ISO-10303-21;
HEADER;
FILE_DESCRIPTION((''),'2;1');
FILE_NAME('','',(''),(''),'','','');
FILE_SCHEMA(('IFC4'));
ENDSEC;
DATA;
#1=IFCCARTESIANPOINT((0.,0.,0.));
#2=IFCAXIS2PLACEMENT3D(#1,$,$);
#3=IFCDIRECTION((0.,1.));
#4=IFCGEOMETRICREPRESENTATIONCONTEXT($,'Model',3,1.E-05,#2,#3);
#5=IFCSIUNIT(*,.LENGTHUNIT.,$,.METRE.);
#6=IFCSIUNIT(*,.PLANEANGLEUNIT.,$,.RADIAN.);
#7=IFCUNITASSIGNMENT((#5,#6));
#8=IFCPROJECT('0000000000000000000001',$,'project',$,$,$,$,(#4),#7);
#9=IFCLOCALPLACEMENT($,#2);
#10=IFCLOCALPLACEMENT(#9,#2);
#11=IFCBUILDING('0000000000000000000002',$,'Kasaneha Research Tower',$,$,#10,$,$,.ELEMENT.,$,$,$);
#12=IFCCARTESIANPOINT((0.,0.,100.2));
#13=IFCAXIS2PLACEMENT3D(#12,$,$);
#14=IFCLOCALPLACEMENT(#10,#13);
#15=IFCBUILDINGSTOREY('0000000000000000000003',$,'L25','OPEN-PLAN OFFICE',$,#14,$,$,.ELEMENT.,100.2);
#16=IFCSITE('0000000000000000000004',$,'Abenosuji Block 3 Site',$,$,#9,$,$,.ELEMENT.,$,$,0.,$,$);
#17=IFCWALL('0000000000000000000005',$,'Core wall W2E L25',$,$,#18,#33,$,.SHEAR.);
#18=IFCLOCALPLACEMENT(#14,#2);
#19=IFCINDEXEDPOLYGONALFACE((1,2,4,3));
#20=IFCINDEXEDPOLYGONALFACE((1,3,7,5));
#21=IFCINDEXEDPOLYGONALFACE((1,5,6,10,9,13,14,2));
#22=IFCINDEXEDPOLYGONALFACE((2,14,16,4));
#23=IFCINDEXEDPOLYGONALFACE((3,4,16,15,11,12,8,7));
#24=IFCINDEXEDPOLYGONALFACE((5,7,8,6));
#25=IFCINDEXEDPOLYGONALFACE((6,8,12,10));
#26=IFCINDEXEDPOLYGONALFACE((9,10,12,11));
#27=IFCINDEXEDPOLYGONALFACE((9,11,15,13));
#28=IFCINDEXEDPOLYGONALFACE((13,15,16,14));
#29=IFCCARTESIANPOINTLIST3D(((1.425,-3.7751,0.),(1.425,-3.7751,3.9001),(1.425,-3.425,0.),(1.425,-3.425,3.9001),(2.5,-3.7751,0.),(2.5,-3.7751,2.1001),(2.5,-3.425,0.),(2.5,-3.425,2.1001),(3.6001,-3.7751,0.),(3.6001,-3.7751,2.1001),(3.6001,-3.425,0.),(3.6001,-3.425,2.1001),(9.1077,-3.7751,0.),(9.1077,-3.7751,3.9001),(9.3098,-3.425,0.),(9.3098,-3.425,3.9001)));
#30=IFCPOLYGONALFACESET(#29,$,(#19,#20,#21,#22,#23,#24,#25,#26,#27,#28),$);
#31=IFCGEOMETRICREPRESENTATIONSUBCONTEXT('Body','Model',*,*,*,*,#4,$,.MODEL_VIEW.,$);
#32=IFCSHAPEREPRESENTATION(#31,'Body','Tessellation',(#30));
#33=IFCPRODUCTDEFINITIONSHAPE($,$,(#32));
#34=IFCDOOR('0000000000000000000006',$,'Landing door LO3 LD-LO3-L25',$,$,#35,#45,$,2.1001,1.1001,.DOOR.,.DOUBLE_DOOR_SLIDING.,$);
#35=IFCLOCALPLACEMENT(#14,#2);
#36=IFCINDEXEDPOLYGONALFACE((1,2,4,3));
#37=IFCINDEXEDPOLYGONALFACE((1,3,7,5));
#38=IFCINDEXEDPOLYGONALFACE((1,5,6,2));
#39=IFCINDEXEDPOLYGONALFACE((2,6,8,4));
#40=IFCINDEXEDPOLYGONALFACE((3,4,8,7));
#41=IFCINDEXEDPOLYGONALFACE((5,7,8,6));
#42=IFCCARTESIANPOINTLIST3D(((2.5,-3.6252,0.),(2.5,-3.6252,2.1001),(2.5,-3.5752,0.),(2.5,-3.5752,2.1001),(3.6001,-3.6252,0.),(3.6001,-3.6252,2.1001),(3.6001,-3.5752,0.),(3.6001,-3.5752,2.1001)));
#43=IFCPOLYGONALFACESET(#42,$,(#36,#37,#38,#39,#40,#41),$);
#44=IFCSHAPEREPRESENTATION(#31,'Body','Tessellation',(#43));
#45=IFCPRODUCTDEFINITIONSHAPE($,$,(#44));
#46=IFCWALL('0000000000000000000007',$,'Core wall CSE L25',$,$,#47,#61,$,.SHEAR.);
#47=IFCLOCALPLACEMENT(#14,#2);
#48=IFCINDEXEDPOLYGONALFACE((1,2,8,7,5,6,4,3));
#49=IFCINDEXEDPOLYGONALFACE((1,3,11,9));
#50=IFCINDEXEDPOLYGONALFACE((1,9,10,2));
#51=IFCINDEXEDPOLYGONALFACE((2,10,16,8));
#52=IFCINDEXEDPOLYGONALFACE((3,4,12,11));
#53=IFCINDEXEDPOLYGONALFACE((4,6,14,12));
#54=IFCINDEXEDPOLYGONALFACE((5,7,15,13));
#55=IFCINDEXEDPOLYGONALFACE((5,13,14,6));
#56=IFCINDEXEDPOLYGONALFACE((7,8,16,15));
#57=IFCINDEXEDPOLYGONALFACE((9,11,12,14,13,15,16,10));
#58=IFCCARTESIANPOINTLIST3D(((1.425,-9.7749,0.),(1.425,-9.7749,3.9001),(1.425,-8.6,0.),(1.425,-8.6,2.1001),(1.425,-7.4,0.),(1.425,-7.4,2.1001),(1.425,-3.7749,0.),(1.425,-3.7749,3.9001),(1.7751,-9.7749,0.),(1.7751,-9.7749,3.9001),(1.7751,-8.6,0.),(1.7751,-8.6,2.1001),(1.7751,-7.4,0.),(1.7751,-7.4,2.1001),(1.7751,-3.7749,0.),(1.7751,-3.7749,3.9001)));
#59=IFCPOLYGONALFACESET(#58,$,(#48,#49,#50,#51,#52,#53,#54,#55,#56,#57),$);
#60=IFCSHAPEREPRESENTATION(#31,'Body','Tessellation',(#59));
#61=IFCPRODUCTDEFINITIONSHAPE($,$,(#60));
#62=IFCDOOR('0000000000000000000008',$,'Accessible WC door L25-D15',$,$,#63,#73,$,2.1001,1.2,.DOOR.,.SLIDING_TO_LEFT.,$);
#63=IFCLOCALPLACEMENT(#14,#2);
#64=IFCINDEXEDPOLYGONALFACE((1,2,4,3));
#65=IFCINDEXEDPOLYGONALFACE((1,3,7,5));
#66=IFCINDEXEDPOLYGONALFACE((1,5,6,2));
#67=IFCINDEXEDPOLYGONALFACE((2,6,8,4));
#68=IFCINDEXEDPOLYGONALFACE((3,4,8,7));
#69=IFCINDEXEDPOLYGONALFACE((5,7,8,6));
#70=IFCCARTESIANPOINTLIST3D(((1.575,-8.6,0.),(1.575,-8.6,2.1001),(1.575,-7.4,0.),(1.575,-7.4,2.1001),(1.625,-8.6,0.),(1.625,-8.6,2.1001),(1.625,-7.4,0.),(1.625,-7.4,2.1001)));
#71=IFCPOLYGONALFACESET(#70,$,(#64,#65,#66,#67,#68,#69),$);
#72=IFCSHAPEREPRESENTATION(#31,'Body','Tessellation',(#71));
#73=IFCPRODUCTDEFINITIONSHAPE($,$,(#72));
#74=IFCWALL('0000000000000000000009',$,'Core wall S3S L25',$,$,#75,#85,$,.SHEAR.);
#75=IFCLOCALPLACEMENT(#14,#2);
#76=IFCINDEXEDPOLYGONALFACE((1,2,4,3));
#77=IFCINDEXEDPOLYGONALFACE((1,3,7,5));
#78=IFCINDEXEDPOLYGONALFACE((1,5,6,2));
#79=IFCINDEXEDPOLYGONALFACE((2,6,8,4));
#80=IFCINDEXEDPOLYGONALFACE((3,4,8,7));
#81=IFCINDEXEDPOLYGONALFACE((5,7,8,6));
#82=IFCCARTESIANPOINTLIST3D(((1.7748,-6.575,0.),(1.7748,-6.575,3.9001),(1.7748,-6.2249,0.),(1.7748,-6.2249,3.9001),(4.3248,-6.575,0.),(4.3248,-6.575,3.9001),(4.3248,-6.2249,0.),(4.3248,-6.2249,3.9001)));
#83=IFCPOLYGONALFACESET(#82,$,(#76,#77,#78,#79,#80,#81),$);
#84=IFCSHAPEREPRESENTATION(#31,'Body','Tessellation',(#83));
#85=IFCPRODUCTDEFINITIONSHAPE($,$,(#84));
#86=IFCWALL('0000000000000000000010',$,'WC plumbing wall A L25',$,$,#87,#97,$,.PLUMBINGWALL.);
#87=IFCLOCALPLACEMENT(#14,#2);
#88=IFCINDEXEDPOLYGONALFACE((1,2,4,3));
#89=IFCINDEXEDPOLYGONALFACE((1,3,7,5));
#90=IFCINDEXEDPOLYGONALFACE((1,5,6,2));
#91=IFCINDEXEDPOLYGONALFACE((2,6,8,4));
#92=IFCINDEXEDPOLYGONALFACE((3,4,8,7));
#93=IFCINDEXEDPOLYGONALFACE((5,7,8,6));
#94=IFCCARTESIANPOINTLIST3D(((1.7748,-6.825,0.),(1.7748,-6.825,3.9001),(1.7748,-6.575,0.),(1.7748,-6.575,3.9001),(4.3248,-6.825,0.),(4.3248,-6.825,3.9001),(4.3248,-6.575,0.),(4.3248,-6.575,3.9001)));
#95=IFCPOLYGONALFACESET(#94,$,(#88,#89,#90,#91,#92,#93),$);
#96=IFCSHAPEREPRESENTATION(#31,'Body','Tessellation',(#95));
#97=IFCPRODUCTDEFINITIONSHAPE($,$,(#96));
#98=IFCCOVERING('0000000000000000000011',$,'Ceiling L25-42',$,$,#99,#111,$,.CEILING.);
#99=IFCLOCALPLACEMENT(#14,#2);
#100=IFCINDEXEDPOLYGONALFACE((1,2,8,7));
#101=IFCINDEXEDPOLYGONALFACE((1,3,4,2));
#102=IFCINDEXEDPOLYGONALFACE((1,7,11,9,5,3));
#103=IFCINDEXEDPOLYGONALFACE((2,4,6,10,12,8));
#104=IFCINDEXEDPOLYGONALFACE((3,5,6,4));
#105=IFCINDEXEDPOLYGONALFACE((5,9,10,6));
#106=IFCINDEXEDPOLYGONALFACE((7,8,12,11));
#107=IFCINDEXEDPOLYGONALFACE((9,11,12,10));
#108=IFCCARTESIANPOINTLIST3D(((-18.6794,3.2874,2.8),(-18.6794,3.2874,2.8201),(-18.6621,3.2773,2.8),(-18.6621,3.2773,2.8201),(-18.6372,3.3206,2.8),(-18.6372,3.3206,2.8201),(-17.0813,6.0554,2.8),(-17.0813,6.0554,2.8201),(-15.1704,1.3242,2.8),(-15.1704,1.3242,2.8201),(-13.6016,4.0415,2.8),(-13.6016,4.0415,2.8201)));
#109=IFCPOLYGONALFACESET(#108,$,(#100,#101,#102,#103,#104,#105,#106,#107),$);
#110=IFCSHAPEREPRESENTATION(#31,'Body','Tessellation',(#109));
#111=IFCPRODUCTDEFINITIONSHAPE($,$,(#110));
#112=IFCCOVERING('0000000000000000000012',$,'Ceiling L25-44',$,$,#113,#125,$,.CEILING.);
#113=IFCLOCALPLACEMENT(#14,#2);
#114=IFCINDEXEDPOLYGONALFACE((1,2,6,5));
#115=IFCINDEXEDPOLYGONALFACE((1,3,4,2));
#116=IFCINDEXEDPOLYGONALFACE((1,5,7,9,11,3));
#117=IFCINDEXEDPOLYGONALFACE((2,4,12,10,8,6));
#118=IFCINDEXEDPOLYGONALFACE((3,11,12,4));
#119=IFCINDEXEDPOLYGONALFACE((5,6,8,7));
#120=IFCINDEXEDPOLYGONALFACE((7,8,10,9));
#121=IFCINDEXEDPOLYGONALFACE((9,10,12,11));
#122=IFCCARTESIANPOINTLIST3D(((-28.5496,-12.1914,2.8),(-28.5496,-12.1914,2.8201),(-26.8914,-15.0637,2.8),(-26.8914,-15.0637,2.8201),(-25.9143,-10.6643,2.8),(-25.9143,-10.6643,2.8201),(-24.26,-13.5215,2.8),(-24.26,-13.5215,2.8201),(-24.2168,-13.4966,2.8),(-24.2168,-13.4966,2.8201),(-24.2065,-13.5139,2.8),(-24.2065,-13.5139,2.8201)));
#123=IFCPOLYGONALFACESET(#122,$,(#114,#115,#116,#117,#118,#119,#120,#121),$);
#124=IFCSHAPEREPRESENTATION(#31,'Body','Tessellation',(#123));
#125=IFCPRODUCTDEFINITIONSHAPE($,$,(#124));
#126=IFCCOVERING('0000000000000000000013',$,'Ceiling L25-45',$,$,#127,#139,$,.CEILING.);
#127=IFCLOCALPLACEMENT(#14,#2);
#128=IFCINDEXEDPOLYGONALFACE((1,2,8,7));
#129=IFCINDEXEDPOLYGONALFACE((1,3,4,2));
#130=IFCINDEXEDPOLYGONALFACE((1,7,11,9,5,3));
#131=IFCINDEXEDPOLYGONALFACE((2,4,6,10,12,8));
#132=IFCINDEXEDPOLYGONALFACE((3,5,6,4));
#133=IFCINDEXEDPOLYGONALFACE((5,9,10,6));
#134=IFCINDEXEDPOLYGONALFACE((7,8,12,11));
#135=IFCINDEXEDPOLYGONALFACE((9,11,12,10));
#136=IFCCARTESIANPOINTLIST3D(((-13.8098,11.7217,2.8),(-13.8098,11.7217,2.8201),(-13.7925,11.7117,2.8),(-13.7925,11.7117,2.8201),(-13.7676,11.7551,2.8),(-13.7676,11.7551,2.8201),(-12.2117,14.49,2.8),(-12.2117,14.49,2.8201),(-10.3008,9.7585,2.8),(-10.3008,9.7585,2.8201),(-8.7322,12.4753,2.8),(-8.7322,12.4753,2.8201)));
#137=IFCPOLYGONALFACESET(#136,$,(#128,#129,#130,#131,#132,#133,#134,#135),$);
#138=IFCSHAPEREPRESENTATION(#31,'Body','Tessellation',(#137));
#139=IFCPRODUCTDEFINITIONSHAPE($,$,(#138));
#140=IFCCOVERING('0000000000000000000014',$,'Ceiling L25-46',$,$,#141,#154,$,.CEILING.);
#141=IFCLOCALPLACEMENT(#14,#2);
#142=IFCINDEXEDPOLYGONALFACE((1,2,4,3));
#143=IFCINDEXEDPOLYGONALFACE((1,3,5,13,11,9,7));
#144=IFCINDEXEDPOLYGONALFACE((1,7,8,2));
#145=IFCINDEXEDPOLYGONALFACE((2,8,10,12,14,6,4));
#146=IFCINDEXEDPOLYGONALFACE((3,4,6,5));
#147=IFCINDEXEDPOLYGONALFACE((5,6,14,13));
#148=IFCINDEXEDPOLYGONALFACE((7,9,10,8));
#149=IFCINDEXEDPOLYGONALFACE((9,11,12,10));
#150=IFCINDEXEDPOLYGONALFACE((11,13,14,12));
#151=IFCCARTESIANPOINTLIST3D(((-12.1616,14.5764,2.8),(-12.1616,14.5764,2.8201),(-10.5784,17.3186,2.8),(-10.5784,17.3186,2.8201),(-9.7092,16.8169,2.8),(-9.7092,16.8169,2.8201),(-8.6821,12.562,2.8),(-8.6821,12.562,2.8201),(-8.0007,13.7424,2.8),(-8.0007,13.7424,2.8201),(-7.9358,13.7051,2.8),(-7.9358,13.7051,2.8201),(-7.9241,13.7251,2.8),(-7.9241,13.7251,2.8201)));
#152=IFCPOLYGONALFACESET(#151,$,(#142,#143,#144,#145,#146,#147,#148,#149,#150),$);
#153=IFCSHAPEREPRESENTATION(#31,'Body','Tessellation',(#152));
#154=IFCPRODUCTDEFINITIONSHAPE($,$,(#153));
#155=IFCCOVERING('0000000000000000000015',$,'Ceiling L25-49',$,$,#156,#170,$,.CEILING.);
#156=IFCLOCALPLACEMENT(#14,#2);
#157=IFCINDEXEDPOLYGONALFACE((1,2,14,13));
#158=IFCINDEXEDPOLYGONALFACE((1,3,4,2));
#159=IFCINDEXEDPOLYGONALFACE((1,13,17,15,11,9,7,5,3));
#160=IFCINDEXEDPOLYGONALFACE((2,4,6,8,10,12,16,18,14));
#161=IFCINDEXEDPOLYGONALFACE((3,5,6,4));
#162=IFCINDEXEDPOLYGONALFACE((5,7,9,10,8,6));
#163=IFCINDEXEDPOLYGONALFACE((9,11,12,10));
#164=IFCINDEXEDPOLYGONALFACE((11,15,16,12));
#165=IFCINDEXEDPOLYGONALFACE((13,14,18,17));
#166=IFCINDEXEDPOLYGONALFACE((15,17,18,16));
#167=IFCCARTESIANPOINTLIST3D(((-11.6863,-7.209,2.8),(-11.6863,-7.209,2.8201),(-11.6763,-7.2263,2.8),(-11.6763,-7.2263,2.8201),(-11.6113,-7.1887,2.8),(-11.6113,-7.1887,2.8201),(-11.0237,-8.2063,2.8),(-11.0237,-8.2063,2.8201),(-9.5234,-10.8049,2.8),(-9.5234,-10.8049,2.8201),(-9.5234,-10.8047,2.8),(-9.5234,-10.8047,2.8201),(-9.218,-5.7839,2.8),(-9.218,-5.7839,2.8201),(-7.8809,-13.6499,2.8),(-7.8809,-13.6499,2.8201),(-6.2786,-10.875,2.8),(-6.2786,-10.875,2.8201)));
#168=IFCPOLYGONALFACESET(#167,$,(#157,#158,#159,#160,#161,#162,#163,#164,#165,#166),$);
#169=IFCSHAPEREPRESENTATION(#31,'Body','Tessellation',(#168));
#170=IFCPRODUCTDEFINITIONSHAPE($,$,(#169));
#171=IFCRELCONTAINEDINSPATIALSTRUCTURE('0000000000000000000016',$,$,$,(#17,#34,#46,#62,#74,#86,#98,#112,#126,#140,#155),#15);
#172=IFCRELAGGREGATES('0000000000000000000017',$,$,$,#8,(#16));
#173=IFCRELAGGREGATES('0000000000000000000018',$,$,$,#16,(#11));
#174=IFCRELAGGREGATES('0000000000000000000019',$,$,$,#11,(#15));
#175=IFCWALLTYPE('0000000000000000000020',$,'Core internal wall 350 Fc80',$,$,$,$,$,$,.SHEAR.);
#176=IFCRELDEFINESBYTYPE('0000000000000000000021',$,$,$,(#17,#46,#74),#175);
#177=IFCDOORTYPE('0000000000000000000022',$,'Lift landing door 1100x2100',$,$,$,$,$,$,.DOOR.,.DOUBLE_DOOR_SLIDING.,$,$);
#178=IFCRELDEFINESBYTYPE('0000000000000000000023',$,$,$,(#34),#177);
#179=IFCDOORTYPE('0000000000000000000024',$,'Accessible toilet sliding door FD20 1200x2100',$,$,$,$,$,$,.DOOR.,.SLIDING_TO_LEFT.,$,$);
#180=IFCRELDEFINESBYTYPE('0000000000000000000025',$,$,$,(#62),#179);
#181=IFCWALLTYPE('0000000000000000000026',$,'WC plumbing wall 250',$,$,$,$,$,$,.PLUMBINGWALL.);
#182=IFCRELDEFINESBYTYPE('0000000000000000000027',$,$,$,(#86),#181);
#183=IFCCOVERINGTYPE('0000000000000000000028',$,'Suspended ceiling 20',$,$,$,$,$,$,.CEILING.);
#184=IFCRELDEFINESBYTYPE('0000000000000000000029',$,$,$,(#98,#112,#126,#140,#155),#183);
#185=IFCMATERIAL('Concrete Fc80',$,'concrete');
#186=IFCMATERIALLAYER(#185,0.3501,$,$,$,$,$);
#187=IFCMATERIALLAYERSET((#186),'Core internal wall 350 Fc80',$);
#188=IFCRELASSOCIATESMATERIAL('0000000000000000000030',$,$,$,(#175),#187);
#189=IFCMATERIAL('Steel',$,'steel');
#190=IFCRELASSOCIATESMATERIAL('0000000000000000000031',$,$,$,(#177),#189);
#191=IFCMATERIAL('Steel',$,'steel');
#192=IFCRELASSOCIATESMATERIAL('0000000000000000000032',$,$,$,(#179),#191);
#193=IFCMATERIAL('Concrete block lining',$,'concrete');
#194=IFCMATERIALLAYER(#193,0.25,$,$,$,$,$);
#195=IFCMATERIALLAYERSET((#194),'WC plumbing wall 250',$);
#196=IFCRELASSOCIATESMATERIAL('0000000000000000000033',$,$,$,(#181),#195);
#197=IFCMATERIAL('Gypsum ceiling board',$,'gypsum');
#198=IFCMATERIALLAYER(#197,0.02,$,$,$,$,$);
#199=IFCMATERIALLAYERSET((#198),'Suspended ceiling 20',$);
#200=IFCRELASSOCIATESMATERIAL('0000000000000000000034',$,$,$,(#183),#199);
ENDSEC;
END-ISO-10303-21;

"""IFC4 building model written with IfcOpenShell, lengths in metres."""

from ifc_helpers import new_model, si_unit, direction, frame, frame_2d, origin, place, context, subcontext, project, spatial, polyline, rectangle, outline, extrude, material, layer, layer_set, type_object, element, fill, save


model = new_model("IFC4")

# Units and contexts
model_context = context("Model", 3, precision=1e-05, world=origin(), true_north=direction((0.0, 1.0)))
body_context = subcontext(model_context, "Body", "Model", "MODEL_VIEW")
ifc_project = project(units=[si_unit("LENGTHUNIT", "METRE"), si_unit("PLANEANGLEUNIT", "RADIAN")], contexts=[model_context])

# Site, building, storey
site_placement = place(None, origin())
site = spatial("IfcSite", under=ifc_project, at=site_placement, Name="Abenosuji Block 3 Site", CompositionType="ELEMENT", RefElevation=0.0)
building_placement = place(site_placement, origin())
building = spatial("IfcBuilding", under=site, at=building_placement, Name="Kasaneha Research Tower", CompositionType="ELEMENT")
storey_placement = place(building_placement, frame((0.0, 0.0, 100.2)))
storey = spatial("IfcBuildingStorey", under=building, at=storey_placement, Name="L25", Description="OPEN-PLAN OFFICE", CompositionType="ELEMENT", Elevation=100.2)

# Walls, openings, doors
ifc_material_1 = material(Name="Concrete Fc80", Category="concrete")
ifc_layer_1 = layer(ifc_material_1, 0.3501)
ifc_layer_set_1 = layer_set([ifc_layer_1], Name="Core internal wall 350 Fc80")
wall_type_1 = type_object("IfcWallType", Name="Core internal wall 350 Fc80", PredefinedType="SHEAR", material=ifc_layer_set_1)
wall_1_placement = place(storey_placement, frame((1.425, -3.6001, 0.0), z_axis=(0.0, 0.0, 1.0), x_axis=(1.0, 0.0, 0.0)))
wall_1 = element("IfcWall", 1, at=wall_1_placement, inside=storey, type_object=wall_type_1, Name="Core wall W2E L25", PredefinedType="SHEAR", context=body_context, shape_type="SweptSolid", body=[
    extrude(outline(polyline([(0.0, -0.175), (1.075, -0.175), (2.175, -0.175), (7.6826, -0.175), (7.8848, 0.175), (2.175, 0.175), (1.075, 0.175), (0.0, 0.175), (0.0, -0.175)])), origin(), (0.0, 0.0, 1.0), 3.9001),
])
opening_1_placement = place(wall_1_placement, frame((1.075, 0.0, 0.0)))
opening_1 = element("IfcOpeningElement", 2, at=opening_1_placement, cuts=wall_1, PredefinedType="OPENING", context=body_context, shape_type="SweptSolid", body=[
    extrude(rectangle(XDim=1.1001, YDim=2.1001, at=frame_2d((0.55, 1.05))), frame((0.0, 0.1851, 0.0), z_axis=(0.0, -1.0, 0.0), x_axis=(1.0, 0.0, 0.0)), (0.0, 0.0, 1.0), 0.3701),
])
ifc_material_2 = material(Name="Steel", Category="steel")
door_type_1 = type_object("IfcDoorType", Name="Lift landing door 1100x2100", OperationType="DOUBLE_DOOR_SLIDING", PredefinedType="DOOR", material=ifc_material_2)
door_1_placement = place(opening_1_placement, origin())
door_1 = element("IfcDoor", 3, at=door_1_placement, inside=storey, type_object=door_type_1, Name="Landing door LO3 LD-LO3-L25", OperationType="DOUBLE_DOOR_SLIDING", OverallHeight=2.1001, OverallWidth=1.1001, PredefinedType="DOOR", context=body_context, shape_type="SweptSolid", body=[
    extrude(rectangle(XDim=1.1001, YDim=2.1001, at=frame_2d((0.55, 1.05))), frame((0.0, 0.0249, 0.0), z_axis=(0.0, -1.0, 0.0), x_axis=(1.0, 0.0, 0.0)), (0.0, 0.0, 1.0), 0.05),
])
fill(opening_1, door_1)
wall_2_placement = place(storey_placement, frame((1.6001, -3.7749, 0.0), z_axis=(0.0, 0.0, 1.0), x_axis=(0.0, -1.0, 0.0)))
wall_2 = element("IfcWall", 4, at=wall_2_placement, inside=storey, type_object=wall_type_1, Name="Core wall CSE L25", PredefinedType="SHEAR", context=body_context, shape_type="SweptSolid", body=[
    extrude(rectangle(XDim=6.0, YDim=0.3501, at=frame_2d((3.0, 0.0))), origin(), (0.0, 0.0, 1.0), 3.9001),
])
opening_2_placement = place(wall_2_placement, frame((3.625, 0.0, 0.0)))
opening_2 = element("IfcOpeningElement", 5, at=opening_2_placement, cuts=wall_2, PredefinedType="OPENING", context=body_context, shape_type="SweptSolid", body=[
    extrude(rectangle(XDim=1.2, YDim=2.1001, at=frame_2d((0.6001, 1.05))), frame((0.0, 0.1851, 0.0), z_axis=(0.0, -1.0, 0.0), x_axis=(1.0, 0.0, 0.0)), (0.0, 0.0, 1.0), 0.3701),
])
ifc_material_3 = material(Name="Steel", Category="steel")
door_type_2 = type_object("IfcDoorType", Name="Accessible toilet sliding door FD20 1200x2100", OperationType="SLIDING_TO_LEFT", PredefinedType="DOOR", material=ifc_material_3)
door_2_placement = place(opening_2_placement, origin())
door_2 = element("IfcDoor", 6, at=door_2_placement, inside=storey, type_object=door_type_2, Name="Accessible WC door L25-D15", OperationType="SLIDING_TO_LEFT", OverallHeight=2.1001, OverallWidth=1.2, PredefinedType="DOOR", context=body_context, shape_type="SweptSolid", body=[
    extrude(rectangle(XDim=1.2, YDim=2.1001, at=frame_2d((0.6001, 1.05))), frame((0.0, 0.0249, 0.0), z_axis=(0.0, -1.0, 0.0), x_axis=(1.0, 0.0, 0.0)), (0.0, 0.0, 1.0), 0.05),
])
fill(opening_2, door_2)

# Walls
wall_3_placement = place(storey_placement, frame((1.7749, -6.3999, 0.0), z_axis=(0.0, 0.0, 1.0), x_axis=(1.0, 0.0, 0.0)))
element("IfcWall", 7, at=wall_3_placement, inside=storey, type_object=wall_type_1, Name="Core wall S3S L25", PredefinedType="SHEAR", context=body_context, shape_type="SweptSolid", body=[
    extrude(rectangle(XDim=2.55, YDim=0.3501, at=frame_2d((1.2749, 0.0))), origin(), (0.0, 0.0, 1.0), 3.9001),
])
ifc_material_4 = material(Name="Concrete block lining", Category="concrete")
ifc_layer_2 = layer(ifc_material_4, 0.25)
ifc_layer_set_2 = layer_set([ifc_layer_2], Name="WC plumbing wall 250")
wall_type_2 = type_object("IfcWallType", Name="WC plumbing wall 250", PredefinedType="PLUMBINGWALL", material=ifc_layer_set_2)
wall_4_placement = place(storey_placement, frame((1.7749, -6.7, 0.0), z_axis=(0.0, 0.0, 1.0), x_axis=(1.0, 0.0, 0.0)))
element("IfcWall", 8, at=wall_4_placement, inside=storey, type_object=wall_type_2, Name="WC plumbing wall A L25", PredefinedType="PLUMBINGWALL", context=body_context, shape_type="SweptSolid", body=[
    extrude(rectangle(XDim=2.55, YDim=0.25, at=frame_2d((1.2749, 0.0))), origin(), (0.0, 0.0, 1.0), 3.9001),
])

# Coverings
ifc_material_5 = material(Name="Gypsum ceiling board", Category="gypsum")
ifc_layer_3 = layer(ifc_material_5, 0.02)
ifc_layer_set_3 = layer_set([ifc_layer_3], Name="Suspended ceiling 20")
covering_type = type_object("IfcCoveringType", Name="Suspended ceiling 20", PredefinedType="CEILING", material=ifc_layer_set_3)
covering_1_placement = place(storey_placement, frame((0.0, 0.0, 2.8)))
element("IfcCovering", 9, at=covering_1_placement, inside=storey, type_object=covering_type, Name="Ceiling L25-42", PredefinedType="CEILING", context=body_context, shape_type="SweptSolid", body=[
    extrude(outline(polyline([(-18.6794, 3.2874), (-17.0813, 6.0554), (-13.6016, 4.0415), (-15.1704, 1.3242), (-18.6372, 3.3206), (-18.6621, 3.2773), (-18.6794, 3.2874)])), origin(), (0.0, 0.0, 1.0), 0.02),
])
covering_2_placement = place(storey_placement, frame((0.0, 0.0, 2.8)))
element("IfcCovering", 10, at=covering_2_placement, inside=storey, type_object=covering_type, Name="Ceiling L25-44", PredefinedType="CEILING", context=body_context, shape_type="SweptSolid", body=[
    extrude(outline(polyline([(-24.2065, -13.5139), (-26.8914, -15.0637), (-28.572, -12.1526), (-28.5496, -12.1914), (-25.9143, -10.6643), (-24.26, -13.5215), (-24.2168, -13.4966), (-24.2065, -13.5139)])), origin(), (0.0, 0.0, 1.0), 0.02),
])
covering_3_placement = place(storey_placement, frame((0.0, 0.0, 2.8)))
element("IfcCovering", 11, at=covering_3_placement, inside=storey, type_object=covering_type, Name="Ceiling L25-45", PredefinedType="CEILING", context=body_context, shape_type="SweptSolid", body=[
    extrude(outline(polyline([(-13.8098, 11.7217), (-12.2117, 14.49), (-8.7322, 12.4753), (-10.3008, 9.7585), (-13.7676, 11.7551), (-13.7925, 11.7117), (-13.8098, 11.7217)])), origin(), (0.0, 0.0, 1.0), 0.02),
])
covering_4_placement = place(storey_placement, frame((0.0, 0.0, 2.8)))
element("IfcCovering", 12, at=covering_4_placement, inside=storey, type_object=covering_type, Name="Ceiling L25-46", PredefinedType="CEILING", context=body_context, shape_type="SweptSolid", body=[
    extrude(outline(polyline([(-10.5784, 17.3186), (-9.7092, 16.8169), (-7.9241, 13.7251), (-7.9358, 13.7051), (-8.0007, 13.7424), (-8.6821, 12.562), (-12.1616, 14.5764), (-12.1865, 14.5332), (-12.1865, 14.5332), (-10.5784, 17.3186)])), origin(), (0.0, 0.0, 1.0), 0.02),
])
covering_5_placement = place(storey_placement, frame((0.0, 0.0, 2.8)))
element("IfcCovering", 13, at=covering_5_placement, inside=storey, type_object=covering_type, Name="Ceiling L25-49", PredefinedType="CEILING", context=body_context, shape_type="SweptSolid", body=[
    extrude(outline(polyline([(-7.8809, -13.6499), (-7.8809, -13.6499), (-9.5234, -10.8047), (-9.5234, -10.8049), (-11.0237, -8.2063), (-11.0237, -8.2063), (-11.6113, -7.1887), (-11.6763, -7.2263), (-11.6863, -7.209), (-9.218, -5.7839), (-6.2786, -10.875), (-7.8809, -13.6499)])), origin(), (0.0, 0.0, 1.0), 0.02),
])

save(model, "model.ifc")
